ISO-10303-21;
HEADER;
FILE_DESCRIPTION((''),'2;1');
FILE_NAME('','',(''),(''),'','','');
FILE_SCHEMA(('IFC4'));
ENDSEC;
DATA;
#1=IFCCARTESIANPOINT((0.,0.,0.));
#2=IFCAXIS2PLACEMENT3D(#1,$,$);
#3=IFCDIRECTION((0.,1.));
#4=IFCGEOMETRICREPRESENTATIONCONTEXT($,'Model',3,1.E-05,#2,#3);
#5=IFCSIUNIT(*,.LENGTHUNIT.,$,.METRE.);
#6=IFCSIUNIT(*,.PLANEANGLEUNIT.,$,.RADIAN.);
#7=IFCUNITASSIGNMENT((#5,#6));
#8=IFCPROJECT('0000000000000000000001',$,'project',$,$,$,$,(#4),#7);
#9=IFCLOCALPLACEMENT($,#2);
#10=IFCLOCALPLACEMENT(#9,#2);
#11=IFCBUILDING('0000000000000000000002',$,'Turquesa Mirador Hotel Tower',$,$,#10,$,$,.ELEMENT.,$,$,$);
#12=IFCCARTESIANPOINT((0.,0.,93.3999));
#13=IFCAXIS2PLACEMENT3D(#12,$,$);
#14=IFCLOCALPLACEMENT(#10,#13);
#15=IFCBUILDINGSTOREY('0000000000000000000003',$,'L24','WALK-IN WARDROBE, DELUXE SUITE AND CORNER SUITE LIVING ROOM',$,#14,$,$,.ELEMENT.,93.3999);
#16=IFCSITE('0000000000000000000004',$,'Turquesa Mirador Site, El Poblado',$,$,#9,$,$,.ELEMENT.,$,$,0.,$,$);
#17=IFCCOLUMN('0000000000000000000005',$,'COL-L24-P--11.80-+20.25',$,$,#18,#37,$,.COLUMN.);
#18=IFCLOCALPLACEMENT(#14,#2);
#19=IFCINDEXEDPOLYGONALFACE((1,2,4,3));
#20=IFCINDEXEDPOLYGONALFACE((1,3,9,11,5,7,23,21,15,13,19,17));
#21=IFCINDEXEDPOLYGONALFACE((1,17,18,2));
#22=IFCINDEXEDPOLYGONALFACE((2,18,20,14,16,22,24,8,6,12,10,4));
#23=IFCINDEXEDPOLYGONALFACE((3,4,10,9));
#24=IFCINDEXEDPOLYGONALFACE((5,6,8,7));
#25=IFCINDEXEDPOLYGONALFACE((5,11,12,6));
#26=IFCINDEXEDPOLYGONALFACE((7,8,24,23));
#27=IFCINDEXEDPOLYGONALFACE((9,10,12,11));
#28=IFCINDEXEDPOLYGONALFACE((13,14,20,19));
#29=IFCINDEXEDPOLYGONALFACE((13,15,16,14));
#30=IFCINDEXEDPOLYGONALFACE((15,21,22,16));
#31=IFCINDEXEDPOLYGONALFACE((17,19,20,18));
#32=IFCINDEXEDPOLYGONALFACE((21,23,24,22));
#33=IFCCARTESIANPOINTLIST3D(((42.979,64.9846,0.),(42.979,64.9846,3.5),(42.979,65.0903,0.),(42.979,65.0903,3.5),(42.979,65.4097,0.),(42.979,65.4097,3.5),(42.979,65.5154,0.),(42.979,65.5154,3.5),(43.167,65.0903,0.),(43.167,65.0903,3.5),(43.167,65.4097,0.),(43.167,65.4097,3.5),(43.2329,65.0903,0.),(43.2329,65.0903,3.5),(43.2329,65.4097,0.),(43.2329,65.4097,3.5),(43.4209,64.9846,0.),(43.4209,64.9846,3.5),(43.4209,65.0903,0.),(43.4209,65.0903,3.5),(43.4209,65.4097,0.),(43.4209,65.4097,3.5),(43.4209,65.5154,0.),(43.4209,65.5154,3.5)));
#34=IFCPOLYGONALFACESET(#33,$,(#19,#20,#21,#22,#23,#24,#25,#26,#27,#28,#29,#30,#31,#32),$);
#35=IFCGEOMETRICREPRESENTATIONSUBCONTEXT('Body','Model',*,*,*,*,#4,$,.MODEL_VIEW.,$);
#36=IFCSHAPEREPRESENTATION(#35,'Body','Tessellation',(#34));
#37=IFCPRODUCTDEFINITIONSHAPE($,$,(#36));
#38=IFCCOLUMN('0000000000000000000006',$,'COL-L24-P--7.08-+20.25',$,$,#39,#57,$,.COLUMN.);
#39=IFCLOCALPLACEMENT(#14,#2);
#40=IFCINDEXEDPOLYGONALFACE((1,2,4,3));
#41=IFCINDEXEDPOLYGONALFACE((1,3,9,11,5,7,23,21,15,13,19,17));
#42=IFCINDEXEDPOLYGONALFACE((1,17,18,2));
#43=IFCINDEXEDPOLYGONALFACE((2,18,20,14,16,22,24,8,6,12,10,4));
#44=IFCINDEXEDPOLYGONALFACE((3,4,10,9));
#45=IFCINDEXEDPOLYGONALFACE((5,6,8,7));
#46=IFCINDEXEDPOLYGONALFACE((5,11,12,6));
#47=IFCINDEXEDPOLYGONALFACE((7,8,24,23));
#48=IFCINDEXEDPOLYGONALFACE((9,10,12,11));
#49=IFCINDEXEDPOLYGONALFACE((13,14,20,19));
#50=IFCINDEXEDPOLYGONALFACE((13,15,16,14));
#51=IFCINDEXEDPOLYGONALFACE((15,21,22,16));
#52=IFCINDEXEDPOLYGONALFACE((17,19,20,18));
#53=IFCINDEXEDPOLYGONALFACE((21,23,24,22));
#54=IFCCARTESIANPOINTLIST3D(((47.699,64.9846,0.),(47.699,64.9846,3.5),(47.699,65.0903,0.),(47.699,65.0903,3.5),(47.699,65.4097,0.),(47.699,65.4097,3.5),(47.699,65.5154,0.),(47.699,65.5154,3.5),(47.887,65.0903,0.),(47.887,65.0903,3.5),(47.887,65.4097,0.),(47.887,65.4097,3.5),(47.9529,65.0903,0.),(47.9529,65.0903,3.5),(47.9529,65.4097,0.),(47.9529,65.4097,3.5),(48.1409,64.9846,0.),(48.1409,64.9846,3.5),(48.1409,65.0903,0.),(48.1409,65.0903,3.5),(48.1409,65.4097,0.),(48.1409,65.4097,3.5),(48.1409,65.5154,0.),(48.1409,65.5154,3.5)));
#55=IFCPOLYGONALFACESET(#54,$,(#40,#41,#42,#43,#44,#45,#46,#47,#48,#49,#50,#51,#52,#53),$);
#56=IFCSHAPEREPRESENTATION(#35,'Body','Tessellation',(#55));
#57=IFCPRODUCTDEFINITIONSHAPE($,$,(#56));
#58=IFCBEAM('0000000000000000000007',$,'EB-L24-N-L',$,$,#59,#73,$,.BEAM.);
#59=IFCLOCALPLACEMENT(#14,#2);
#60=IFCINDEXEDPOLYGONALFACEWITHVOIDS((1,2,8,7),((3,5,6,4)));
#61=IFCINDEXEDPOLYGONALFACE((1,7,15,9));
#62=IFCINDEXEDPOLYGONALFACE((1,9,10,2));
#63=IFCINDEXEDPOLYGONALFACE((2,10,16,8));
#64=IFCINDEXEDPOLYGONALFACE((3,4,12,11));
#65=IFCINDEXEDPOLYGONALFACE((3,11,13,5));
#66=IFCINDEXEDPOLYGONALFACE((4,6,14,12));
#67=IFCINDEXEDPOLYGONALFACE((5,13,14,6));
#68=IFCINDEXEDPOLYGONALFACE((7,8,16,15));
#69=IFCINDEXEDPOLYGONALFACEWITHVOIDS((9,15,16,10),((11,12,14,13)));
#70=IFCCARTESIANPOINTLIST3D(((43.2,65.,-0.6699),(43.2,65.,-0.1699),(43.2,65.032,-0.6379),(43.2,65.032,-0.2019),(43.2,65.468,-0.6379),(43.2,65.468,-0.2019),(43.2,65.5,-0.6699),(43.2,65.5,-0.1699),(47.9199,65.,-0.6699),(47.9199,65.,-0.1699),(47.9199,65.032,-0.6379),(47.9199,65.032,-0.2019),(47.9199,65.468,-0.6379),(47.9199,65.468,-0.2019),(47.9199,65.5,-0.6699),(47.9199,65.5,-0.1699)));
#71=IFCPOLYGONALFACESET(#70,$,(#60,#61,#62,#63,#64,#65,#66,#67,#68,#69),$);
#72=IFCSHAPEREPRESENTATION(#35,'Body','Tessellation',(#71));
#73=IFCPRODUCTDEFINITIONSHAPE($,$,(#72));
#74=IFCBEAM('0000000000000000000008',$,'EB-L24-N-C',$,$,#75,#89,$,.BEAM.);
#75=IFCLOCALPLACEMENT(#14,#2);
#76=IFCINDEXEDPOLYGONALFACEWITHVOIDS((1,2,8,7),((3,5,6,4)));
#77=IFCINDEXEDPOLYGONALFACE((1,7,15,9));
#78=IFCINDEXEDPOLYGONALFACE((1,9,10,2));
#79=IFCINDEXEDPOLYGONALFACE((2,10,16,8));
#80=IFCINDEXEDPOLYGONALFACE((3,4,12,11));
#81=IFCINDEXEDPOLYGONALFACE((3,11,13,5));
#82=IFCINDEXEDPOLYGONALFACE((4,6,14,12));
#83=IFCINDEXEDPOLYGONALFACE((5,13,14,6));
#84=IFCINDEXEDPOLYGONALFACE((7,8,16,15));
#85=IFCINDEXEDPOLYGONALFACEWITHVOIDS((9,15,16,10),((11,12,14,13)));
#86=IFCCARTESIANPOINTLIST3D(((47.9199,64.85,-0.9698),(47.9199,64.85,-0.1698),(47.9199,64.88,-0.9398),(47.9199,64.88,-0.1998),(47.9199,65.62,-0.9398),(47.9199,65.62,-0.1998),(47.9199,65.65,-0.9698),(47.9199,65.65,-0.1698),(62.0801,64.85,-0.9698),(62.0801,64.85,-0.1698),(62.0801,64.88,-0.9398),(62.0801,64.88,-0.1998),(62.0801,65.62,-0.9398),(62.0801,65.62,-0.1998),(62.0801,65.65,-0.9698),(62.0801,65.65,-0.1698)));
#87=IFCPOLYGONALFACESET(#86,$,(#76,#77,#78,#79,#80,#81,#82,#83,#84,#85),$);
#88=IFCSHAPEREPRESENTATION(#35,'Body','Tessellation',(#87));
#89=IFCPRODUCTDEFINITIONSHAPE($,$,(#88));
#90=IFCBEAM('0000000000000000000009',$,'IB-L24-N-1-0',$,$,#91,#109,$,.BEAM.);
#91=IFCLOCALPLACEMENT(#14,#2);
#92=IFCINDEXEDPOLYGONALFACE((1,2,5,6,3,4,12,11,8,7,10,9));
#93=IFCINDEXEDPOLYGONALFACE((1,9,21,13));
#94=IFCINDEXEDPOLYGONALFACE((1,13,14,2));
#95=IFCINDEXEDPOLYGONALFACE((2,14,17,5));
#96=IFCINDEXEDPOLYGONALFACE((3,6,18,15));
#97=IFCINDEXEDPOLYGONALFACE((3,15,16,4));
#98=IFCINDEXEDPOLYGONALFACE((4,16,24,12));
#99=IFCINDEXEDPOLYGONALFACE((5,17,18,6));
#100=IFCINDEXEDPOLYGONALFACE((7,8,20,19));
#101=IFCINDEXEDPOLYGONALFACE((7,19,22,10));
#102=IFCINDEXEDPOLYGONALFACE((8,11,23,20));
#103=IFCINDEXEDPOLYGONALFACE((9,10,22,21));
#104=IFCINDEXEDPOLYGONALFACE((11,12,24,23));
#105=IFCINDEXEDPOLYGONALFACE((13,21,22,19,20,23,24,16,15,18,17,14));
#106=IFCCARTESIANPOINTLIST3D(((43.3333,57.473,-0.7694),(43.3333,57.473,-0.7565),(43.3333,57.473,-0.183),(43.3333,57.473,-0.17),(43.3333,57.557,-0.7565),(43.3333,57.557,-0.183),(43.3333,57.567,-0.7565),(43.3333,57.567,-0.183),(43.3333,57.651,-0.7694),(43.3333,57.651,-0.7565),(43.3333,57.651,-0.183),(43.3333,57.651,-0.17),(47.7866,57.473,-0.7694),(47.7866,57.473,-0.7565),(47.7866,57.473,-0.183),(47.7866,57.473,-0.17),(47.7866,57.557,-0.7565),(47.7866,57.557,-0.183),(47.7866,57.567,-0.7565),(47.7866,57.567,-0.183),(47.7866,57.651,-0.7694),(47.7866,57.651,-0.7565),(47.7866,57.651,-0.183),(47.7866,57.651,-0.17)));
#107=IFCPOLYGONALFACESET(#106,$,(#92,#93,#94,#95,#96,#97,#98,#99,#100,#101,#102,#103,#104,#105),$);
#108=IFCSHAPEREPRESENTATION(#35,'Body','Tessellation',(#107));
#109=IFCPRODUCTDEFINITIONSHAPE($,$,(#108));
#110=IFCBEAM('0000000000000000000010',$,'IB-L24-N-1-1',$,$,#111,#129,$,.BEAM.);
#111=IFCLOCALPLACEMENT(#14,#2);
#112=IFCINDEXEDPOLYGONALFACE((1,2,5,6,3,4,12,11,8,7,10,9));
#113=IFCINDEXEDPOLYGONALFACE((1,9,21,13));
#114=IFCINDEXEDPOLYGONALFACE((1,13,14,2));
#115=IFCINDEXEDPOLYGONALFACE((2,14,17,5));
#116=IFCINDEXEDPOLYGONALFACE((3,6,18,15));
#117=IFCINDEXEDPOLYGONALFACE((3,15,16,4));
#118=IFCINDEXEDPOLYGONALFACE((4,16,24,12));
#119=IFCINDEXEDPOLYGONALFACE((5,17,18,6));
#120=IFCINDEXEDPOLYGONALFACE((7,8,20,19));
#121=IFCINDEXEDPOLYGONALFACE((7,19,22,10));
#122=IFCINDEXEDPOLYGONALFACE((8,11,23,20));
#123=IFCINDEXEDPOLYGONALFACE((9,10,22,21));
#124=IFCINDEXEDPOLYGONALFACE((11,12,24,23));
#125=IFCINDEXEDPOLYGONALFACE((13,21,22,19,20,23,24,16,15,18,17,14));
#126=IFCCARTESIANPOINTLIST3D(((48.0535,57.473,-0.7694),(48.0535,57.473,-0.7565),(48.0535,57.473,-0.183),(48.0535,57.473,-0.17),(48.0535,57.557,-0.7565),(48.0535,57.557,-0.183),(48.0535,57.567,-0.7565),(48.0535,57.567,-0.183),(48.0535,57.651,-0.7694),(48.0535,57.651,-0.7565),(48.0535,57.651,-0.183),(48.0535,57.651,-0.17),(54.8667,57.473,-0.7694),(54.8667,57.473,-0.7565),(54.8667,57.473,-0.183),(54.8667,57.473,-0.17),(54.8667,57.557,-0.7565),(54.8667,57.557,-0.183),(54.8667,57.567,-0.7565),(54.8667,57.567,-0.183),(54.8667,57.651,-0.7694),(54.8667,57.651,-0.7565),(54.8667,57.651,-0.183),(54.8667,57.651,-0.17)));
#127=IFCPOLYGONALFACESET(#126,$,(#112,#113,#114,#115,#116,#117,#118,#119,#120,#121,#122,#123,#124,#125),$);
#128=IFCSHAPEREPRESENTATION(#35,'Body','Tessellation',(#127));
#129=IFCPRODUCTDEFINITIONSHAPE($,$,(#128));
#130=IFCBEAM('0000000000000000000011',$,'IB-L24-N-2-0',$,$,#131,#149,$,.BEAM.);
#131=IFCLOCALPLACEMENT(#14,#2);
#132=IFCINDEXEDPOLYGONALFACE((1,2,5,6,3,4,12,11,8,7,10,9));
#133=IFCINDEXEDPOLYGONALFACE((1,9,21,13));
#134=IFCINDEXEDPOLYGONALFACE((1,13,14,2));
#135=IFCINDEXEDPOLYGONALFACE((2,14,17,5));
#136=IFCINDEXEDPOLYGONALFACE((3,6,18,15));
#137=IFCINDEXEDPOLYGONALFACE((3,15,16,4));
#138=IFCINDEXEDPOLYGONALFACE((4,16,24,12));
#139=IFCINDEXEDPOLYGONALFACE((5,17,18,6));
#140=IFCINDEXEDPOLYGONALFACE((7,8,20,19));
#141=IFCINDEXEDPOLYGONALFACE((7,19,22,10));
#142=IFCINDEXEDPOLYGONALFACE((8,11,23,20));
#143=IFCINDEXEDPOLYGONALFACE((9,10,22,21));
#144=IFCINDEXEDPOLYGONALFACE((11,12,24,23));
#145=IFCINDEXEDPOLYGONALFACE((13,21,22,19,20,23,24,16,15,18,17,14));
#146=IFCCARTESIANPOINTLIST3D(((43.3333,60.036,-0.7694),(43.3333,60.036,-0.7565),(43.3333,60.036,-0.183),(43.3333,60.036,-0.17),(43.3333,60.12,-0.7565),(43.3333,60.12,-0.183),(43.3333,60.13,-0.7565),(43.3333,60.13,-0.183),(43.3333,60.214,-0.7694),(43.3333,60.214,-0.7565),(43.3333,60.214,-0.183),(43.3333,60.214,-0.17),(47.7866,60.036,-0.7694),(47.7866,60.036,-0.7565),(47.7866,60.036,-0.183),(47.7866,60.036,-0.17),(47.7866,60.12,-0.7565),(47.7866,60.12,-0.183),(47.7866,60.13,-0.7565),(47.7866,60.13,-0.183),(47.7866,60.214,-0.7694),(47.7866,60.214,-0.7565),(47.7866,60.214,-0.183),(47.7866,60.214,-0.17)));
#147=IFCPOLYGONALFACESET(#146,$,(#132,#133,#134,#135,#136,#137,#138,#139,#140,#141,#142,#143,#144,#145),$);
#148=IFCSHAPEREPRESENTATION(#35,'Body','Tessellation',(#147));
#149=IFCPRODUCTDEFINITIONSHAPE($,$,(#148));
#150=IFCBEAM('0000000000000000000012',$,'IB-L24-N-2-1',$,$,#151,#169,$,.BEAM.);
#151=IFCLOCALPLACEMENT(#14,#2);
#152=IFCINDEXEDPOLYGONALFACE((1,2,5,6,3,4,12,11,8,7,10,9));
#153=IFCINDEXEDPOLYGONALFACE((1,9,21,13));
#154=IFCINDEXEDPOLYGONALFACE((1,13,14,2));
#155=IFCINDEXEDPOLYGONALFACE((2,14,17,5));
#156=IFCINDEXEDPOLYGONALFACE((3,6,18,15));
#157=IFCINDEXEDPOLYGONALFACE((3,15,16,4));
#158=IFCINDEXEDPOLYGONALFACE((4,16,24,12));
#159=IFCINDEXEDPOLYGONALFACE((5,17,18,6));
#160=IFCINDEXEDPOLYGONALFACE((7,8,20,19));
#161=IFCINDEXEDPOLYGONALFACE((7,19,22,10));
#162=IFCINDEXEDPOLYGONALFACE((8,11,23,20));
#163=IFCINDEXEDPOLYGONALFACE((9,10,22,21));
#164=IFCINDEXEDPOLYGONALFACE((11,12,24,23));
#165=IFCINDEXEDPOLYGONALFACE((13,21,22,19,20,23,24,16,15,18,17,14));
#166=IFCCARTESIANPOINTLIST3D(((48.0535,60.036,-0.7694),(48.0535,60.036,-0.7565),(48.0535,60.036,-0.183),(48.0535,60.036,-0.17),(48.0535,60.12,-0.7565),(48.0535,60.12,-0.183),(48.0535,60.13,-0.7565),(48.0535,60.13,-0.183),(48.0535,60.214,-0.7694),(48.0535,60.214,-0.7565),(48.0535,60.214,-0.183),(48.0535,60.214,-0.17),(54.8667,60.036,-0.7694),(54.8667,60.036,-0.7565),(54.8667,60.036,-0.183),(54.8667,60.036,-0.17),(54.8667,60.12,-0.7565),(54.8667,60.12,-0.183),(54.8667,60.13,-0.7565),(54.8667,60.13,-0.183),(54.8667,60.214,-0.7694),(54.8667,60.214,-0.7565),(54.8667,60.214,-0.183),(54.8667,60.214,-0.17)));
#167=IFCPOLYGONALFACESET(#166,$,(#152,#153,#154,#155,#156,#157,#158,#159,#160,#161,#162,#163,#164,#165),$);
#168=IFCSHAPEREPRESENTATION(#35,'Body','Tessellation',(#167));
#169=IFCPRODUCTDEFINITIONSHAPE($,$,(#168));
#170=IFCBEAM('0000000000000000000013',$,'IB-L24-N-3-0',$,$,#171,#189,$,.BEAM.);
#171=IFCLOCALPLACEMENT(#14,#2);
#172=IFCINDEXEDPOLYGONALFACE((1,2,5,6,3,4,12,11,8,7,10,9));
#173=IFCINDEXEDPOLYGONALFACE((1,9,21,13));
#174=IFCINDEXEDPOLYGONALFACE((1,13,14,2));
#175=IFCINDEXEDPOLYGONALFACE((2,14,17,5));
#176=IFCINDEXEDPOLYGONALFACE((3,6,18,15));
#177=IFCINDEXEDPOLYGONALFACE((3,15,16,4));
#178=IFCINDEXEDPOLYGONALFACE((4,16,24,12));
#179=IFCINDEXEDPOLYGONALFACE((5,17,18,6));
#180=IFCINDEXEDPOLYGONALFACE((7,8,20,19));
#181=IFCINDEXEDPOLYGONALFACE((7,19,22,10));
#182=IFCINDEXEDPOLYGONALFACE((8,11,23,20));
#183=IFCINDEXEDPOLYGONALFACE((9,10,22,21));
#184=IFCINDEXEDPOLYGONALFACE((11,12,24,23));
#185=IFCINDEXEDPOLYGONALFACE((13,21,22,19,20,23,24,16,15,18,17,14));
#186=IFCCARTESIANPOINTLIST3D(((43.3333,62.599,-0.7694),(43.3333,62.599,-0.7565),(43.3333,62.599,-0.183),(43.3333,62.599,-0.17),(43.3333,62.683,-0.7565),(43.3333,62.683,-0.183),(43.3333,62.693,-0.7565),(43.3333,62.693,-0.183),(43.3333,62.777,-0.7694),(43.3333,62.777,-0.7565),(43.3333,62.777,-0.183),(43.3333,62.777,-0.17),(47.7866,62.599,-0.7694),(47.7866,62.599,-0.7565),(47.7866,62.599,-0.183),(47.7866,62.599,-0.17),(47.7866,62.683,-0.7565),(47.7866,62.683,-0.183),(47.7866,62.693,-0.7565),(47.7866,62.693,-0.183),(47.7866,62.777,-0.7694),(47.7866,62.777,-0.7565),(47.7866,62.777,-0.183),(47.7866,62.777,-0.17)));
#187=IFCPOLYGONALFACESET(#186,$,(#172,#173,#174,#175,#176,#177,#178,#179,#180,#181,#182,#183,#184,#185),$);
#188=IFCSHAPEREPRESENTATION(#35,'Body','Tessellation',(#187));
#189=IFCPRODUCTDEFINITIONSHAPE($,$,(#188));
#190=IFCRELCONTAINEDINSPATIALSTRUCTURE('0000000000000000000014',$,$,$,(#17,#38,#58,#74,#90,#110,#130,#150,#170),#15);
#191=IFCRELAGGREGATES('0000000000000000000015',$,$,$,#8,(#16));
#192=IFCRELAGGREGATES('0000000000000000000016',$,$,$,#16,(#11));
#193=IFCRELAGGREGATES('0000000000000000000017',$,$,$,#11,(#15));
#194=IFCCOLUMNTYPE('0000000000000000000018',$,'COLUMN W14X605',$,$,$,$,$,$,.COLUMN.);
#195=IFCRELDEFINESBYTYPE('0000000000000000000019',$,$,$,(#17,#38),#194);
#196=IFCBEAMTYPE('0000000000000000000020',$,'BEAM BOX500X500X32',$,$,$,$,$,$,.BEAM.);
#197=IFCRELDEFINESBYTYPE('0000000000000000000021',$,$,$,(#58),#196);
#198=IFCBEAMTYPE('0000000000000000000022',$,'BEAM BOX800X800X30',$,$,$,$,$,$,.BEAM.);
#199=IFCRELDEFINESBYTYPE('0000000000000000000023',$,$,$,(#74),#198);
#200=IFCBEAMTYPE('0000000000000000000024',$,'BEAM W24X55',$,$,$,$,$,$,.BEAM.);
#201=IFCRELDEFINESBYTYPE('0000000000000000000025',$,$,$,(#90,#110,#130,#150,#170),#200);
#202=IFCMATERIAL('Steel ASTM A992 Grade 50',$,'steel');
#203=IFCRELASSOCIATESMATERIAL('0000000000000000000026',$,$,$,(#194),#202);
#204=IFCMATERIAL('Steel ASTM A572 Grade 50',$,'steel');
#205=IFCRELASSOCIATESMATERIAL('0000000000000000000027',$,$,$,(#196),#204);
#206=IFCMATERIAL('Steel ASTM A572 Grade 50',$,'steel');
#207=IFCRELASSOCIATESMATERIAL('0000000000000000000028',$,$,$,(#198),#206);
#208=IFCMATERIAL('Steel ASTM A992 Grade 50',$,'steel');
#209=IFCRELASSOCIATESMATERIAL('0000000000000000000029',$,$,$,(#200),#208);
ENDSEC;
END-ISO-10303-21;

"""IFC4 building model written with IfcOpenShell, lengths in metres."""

from ifc_helpers import new_model, si_unit, direction, frame, origin, origin_2d, place, context, subcontext, project, spatial, hollow_rectangle, i_section, extrude, material, material_profile, profile_set, type_object, element, save


model = new_model("IFC4")

# Units and contexts
model_context = context("Model", 3, precision=1e-05, world=origin(), true_north=direction((0.0, 1.0)))
body_context = subcontext(model_context, "Body", "Model", "MODEL_VIEW")
ifc_project = project(units=[si_unit("LENGTHUNIT", "METRE"), si_unit("PLANEANGLEUNIT", "RADIAN")], contexts=[model_context])

# Site, building, storey
site_placement = place(None, origin())
site = spatial("IfcSite", under=ifc_project, at=site_placement, Name="Turquesa Mirador Site, El Poblado", CompositionType="ELEMENT", RefElevation=0.0)
building_placement = place(site_placement, origin())
building = spatial("IfcBuilding", under=site, at=building_placement, Name="Turquesa Mirador Hotel Tower", CompositionType="ELEMENT")
storey_placement = place(building_placement, frame((0.0, 0.0, 93.3999)))
storey = spatial("IfcBuildingStorey", under=building, at=storey_placement, Name="L24", Description="WALK-IN WARDROBE, DELUXE SUITE AND CORNER SUITE LIVING ROOM", CompositionType="ELEMENT", Elevation=93.3999)

# Columns
ifc_material_1 = material(Name="Steel ASTM A992 Grade 50", Category="steel")
ifc_material_profile_1 = material_profile(ifc_material_1, i_section(OverallWidth=0.4419, OverallDepth=0.5308, WebThickness=0.0659, FlangeThickness=0.1057, at=origin_2d()), Name="W14X605")
ifc_profile_set_1 = profile_set([ifc_material_profile_1], Name="Steel ASTM A992 Grade 50")
column_type = type_object("IfcColumnType", Name="COLUMN W14X605", PredefinedType="COLUMN", material=ifc_profile_set_1)
for number, where, z_axis, x_axis, name in (
    (1, (43.2, 65.25, 0.0), (0.0, 0.0, 1.0), (1.0, 0.0, 0.0), "COL-L24-P--11.80-+20.25"),
    (2, (47.9199, 65.25, 0.0), (0.0, 0.0, 1.0), (1.0, 0.0, 0.0), "COL-L24-P--7.08-+20.25"),
):
    element("IfcColumn", number, at=place(storey_placement, frame(where, z_axis=z_axis, x_axis=x_axis)), inside=storey, type_object=column_type, Name=name, PredefinedType="COLUMN", context=body_context, shape_type="SweptSolid", body=[
        extrude(i_section(OverallWidth=0.4419, OverallDepth=0.5308, WebThickness=0.0659, FlangeThickness=0.1057, at=origin_2d()), origin(), (0.0, 0.0, 1.0), 3.5),
    ])

# Beams
ifc_material_2 = material(Name="Steel ASTM A572 Grade 50", Category="steel")
ifc_material_profile_2 = material_profile(ifc_material_2, hollow_rectangle(XDim=0.5, YDim=0.5, WallThickness=0.032, at=origin_2d()), Name="BOX500X500X32")
ifc_profile_set_2 = profile_set([ifc_material_profile_2], Name="Steel ASTM A572 Grade 50")
beam_type_1 = type_object("IfcBeamType", Name="BEAM BOX500X500X32", PredefinedType="BEAM", material=ifc_profile_set_2)
beam_1_placement = place(storey_placement, frame((43.2, 65.25, -0.4199), z_axis=(1.0, 0.0, 0.0), x_axis=(0.0, 1.0, 0.0)))
element("IfcBeam", 3, at=beam_1_placement, inside=storey, type_object=beam_type_1, Name="EB-L24-N-L", PredefinedType="BEAM", context=body_context, shape_type="SweptSolid", body=[
    extrude(hollow_rectangle(XDim=0.5, YDim=0.5, WallThickness=0.032, at=origin_2d()), origin(), (0.0, 0.0, 1.0), 4.72),
])
ifc_material_3 = material(Name="Steel ASTM A572 Grade 50", Category="steel")
ifc_material_profile_3 = material_profile(ifc_material_3, hollow_rectangle(XDim=0.8, YDim=0.8, WallThickness=0.03, at=origin_2d()), Name="BOX800X800X30")
ifc_profile_set_3 = profile_set([ifc_material_profile_3], Name="Steel ASTM A572 Grade 50")
beam_type_2 = type_object("IfcBeamType", Name="BEAM BOX800X800X30", PredefinedType="BEAM", material=ifc_profile_set_3)
beam_2_placement = place(storey_placement, frame((47.9199, 65.25, -0.5698), z_axis=(1.0, 0.0, 0.0), x_axis=(0.0, 1.0, 0.0)))
element("IfcBeam", 4, at=beam_2_placement, inside=storey, type_object=beam_type_2, Name="EB-L24-N-C", PredefinedType="BEAM", context=body_context, shape_type="SweptSolid", body=[
    extrude(hollow_rectangle(XDim=0.8, YDim=0.8, WallThickness=0.03, at=origin_2d()), origin(), (0.0, 0.0, 1.0), 14.1602),
])
ifc_material_4 = material(Name="Steel ASTM A992 Grade 50", Category="steel")
ifc_material_profile_4 = material_profile(ifc_material_4, i_section(OverallWidth=0.178, OverallDepth=0.5994, WebThickness=0.01, FlangeThickness=0.0129, at=origin_2d()), Name="W24X55")
ifc_profile_set_4 = profile_set([ifc_material_profile_4], Name="Steel ASTM A992 Grade 50")
beam_type_3 = type_object("IfcBeamType", Name="BEAM W24X55", PredefinedType="BEAM", material=ifc_profile_set_4)
beam_3_placement = place(storey_placement, frame((43.3333, 57.562, -0.4697), z_axis=(1.0, 0.0, 0.0), x_axis=(0.0, 1.0, 0.0)))
element("IfcBeam", 5, at=beam_3_placement, inside=storey, type_object=beam_type_3, Name="IB-L24-N-1-0", PredefinedType="BEAM", context=body_context, shape_type="SweptSolid", body=[
    extrude(i_section(OverallWidth=0.178, OverallDepth=0.5994, WebThickness=0.01, FlangeThickness=0.0129, at=origin_2d()), origin(), (0.0, 0.0, 1.0), 4.4534),
])
beam_4_placement = place(storey_placement, frame((48.0535, 57.562, -0.4697), z_axis=(1.0, 0.0, 0.0), x_axis=(0.0, 1.0, 0.0)))
element("IfcBeam", 6, at=beam_4_placement, inside=storey, type_object=beam_type_3, Name="IB-L24-N-1-1", PredefinedType="BEAM", context=body_context, shape_type="SweptSolid", body=[
    extrude(i_section(OverallWidth=0.178, OverallDepth=0.5994, WebThickness=0.01, FlangeThickness=0.0129, at=origin_2d()), origin(), (0.0, 0.0, 1.0), 6.8132),
])
beam_5_placement = place(storey_placement, frame((43.3333, 60.125, -0.4697), z_axis=(1.0, 0.0, 0.0), x_axis=(0.0, 1.0, 0.0)))
element("IfcBeam", 7, at=beam_5_placement, inside=storey, type_object=beam_type_3, Name="IB-L24-N-2-0", PredefinedType="BEAM", context=body_context, shape_type="SweptSolid", body=[
    extrude(i_section(OverallWidth=0.178, OverallDepth=0.5994, WebThickness=0.01, FlangeThickness=0.0129, at=origin_2d()), origin(), (0.0, 0.0, 1.0), 4.4534),
])
beam_6_placement = place(storey_placement, frame((48.0535, 60.125, -0.4697), z_axis=(1.0, 0.0, 0.0), x_axis=(0.0, 1.0, 0.0)))
element("IfcBeam", 8, at=beam_6_placement, inside=storey, type_object=beam_type_3, Name="IB-L24-N-2-1", PredefinedType="BEAM", context=body_context, shape_type="SweptSolid", body=[
    extrude(i_section(OverallWidth=0.178, OverallDepth=0.5994, WebThickness=0.01, FlangeThickness=0.0129, at=origin_2d()), origin(), (0.0, 0.0, 1.0), 6.8132),
])
beam_7_placement = place(storey_placement, frame((43.3333, 62.688, -0.4697), z_axis=(1.0, 0.0, 0.0), x_axis=(0.0, 1.0, 0.0)))
element("IfcBeam", 9, at=beam_7_placement, inside=storey, type_object=beam_type_3, Name="IB-L24-N-3-0", PredefinedType="BEAM", context=body_context, shape_type="SweptSolid", body=[
    extrude(i_section(OverallWidth=0.178, OverallDepth=0.5994, WebThickness=0.01, FlangeThickness=0.0129, at=origin_2d()), origin(), (0.0, 0.0, 1.0), 4.4534),
])

save(model, "model.ifc")
